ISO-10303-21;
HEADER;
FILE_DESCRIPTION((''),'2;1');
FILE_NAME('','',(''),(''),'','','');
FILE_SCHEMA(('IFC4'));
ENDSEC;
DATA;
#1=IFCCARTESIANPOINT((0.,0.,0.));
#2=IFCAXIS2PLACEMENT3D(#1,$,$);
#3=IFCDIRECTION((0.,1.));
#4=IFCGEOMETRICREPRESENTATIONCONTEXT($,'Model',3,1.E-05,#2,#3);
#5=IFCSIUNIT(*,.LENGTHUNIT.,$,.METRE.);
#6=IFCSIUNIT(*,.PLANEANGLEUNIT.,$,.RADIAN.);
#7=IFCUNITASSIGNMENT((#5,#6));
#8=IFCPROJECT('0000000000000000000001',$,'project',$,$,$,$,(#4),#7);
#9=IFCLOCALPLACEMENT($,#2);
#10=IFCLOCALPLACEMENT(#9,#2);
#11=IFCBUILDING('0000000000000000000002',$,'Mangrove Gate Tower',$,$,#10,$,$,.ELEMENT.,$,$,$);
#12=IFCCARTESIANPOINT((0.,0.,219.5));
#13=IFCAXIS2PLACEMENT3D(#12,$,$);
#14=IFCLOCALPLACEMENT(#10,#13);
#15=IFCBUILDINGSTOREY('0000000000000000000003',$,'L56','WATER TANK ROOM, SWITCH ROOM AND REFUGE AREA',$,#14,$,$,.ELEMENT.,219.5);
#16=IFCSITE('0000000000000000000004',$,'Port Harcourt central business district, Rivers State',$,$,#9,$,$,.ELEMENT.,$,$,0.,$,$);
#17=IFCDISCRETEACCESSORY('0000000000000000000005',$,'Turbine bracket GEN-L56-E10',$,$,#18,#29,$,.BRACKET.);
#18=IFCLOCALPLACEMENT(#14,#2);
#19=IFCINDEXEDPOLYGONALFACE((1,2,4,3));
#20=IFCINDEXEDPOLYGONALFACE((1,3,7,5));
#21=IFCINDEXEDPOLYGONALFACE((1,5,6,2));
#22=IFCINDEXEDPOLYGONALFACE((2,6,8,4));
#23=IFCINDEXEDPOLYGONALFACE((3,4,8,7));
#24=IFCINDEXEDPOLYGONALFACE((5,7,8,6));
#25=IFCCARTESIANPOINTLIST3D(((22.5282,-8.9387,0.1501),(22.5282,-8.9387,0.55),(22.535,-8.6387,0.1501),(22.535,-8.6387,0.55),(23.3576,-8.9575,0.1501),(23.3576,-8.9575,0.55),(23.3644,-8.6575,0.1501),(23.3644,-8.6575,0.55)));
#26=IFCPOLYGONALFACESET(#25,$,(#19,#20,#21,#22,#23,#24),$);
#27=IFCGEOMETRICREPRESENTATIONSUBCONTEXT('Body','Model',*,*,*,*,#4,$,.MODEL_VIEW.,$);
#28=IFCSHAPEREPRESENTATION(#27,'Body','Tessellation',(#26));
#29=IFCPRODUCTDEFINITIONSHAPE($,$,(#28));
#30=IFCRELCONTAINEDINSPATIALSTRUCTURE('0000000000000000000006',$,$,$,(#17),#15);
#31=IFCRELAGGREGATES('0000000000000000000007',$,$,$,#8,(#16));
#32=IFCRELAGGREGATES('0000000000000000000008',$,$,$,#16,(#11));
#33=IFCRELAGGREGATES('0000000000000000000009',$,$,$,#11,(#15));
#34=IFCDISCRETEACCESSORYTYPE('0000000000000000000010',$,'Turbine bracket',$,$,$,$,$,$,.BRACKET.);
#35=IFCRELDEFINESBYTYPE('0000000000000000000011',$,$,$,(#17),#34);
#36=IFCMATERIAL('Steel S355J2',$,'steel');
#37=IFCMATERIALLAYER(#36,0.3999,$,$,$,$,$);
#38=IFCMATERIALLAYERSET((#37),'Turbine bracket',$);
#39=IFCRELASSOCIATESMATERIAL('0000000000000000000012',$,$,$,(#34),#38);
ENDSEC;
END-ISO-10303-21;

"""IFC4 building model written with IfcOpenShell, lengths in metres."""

from ifc_helpers import new_model, si_unit, direction, frame, origin, origin_2d, place, context, subcontext, project, spatial, rectangle, extrude, material, layer, layer_set, type_object, element, save


model = new_model("IFC4")

# Units and contexts
model_context = context("Model", 3, precision=1e-05, world=origin(), true_north=direction((0.0, 1.0)))
body_context = subcontext(model_context, "Body", "Model", "MODEL_VIEW")
ifc_project = project(units=[si_unit("LENGTHUNIT", "METRE"), si_unit("PLANEANGLEUNIT", "RADIAN")], contexts=[model_context])

# Site, building, storey
site_placement = place(None, origin())
site = spatial("IfcSite", under=ifc_project, at=site_placement, Name="Port Harcourt central business district, Rivers State", CompositionType="ELEMENT", RefElevation=0.0)
building_placement = place(site_placement, origin())
building = spatial("IfcBuilding", under=site, at=building_placement, Name="Mangrove Gate Tower", CompositionType="ELEMENT")
storey_placement = place(building_placement, frame((0.0, 0.0, 219.5)))
storey = spatial("IfcBuildingStorey", under=building, at=storey_placement, Name="L56", Description="WATER TANK ROOM, SWITCH ROOM AND REFUGE AREA", CompositionType="ELEMENT", Elevation=219.5)

# Discrete accessory
ifc_material_1 = material(Name="Steel S355J2", Category="steel")
ifc_layer_1 = layer(ifc_material_1, 0.3999)
ifc_layer_set_1 = layer_set([ifc_layer_1], Name="Turbine bracket")
discrete_accessory_type_1 = type_object("IfcDiscreteAccessoryType", Name="Turbine bracket", PredefinedType="BRACKET", material=ifc_layer_set_1)
discrete_accessory_placement = place(storey_placement, frame((22.9463, -8.7981, 0.1501), z_axis=(0.0, 0.0, 1.0), x_axis=(-0.999743, 0.02268, 0.0)))
element("IfcDiscreteAccessory", 1, at=discrete_accessory_placement, inside=storey, type_object=discrete_accessory_type_1, Name="Turbine bracket GEN-L56-E10", PredefinedType="BRACKET", context=body_context, shape_type="SweptSolid", body=[
    extrude(rectangle(XDim=0.8296, YDim=0.3, at=origin_2d()), origin(), (0.0, 0.0, 1.0), 0.3999),
])

save(model, "model.ifc")
